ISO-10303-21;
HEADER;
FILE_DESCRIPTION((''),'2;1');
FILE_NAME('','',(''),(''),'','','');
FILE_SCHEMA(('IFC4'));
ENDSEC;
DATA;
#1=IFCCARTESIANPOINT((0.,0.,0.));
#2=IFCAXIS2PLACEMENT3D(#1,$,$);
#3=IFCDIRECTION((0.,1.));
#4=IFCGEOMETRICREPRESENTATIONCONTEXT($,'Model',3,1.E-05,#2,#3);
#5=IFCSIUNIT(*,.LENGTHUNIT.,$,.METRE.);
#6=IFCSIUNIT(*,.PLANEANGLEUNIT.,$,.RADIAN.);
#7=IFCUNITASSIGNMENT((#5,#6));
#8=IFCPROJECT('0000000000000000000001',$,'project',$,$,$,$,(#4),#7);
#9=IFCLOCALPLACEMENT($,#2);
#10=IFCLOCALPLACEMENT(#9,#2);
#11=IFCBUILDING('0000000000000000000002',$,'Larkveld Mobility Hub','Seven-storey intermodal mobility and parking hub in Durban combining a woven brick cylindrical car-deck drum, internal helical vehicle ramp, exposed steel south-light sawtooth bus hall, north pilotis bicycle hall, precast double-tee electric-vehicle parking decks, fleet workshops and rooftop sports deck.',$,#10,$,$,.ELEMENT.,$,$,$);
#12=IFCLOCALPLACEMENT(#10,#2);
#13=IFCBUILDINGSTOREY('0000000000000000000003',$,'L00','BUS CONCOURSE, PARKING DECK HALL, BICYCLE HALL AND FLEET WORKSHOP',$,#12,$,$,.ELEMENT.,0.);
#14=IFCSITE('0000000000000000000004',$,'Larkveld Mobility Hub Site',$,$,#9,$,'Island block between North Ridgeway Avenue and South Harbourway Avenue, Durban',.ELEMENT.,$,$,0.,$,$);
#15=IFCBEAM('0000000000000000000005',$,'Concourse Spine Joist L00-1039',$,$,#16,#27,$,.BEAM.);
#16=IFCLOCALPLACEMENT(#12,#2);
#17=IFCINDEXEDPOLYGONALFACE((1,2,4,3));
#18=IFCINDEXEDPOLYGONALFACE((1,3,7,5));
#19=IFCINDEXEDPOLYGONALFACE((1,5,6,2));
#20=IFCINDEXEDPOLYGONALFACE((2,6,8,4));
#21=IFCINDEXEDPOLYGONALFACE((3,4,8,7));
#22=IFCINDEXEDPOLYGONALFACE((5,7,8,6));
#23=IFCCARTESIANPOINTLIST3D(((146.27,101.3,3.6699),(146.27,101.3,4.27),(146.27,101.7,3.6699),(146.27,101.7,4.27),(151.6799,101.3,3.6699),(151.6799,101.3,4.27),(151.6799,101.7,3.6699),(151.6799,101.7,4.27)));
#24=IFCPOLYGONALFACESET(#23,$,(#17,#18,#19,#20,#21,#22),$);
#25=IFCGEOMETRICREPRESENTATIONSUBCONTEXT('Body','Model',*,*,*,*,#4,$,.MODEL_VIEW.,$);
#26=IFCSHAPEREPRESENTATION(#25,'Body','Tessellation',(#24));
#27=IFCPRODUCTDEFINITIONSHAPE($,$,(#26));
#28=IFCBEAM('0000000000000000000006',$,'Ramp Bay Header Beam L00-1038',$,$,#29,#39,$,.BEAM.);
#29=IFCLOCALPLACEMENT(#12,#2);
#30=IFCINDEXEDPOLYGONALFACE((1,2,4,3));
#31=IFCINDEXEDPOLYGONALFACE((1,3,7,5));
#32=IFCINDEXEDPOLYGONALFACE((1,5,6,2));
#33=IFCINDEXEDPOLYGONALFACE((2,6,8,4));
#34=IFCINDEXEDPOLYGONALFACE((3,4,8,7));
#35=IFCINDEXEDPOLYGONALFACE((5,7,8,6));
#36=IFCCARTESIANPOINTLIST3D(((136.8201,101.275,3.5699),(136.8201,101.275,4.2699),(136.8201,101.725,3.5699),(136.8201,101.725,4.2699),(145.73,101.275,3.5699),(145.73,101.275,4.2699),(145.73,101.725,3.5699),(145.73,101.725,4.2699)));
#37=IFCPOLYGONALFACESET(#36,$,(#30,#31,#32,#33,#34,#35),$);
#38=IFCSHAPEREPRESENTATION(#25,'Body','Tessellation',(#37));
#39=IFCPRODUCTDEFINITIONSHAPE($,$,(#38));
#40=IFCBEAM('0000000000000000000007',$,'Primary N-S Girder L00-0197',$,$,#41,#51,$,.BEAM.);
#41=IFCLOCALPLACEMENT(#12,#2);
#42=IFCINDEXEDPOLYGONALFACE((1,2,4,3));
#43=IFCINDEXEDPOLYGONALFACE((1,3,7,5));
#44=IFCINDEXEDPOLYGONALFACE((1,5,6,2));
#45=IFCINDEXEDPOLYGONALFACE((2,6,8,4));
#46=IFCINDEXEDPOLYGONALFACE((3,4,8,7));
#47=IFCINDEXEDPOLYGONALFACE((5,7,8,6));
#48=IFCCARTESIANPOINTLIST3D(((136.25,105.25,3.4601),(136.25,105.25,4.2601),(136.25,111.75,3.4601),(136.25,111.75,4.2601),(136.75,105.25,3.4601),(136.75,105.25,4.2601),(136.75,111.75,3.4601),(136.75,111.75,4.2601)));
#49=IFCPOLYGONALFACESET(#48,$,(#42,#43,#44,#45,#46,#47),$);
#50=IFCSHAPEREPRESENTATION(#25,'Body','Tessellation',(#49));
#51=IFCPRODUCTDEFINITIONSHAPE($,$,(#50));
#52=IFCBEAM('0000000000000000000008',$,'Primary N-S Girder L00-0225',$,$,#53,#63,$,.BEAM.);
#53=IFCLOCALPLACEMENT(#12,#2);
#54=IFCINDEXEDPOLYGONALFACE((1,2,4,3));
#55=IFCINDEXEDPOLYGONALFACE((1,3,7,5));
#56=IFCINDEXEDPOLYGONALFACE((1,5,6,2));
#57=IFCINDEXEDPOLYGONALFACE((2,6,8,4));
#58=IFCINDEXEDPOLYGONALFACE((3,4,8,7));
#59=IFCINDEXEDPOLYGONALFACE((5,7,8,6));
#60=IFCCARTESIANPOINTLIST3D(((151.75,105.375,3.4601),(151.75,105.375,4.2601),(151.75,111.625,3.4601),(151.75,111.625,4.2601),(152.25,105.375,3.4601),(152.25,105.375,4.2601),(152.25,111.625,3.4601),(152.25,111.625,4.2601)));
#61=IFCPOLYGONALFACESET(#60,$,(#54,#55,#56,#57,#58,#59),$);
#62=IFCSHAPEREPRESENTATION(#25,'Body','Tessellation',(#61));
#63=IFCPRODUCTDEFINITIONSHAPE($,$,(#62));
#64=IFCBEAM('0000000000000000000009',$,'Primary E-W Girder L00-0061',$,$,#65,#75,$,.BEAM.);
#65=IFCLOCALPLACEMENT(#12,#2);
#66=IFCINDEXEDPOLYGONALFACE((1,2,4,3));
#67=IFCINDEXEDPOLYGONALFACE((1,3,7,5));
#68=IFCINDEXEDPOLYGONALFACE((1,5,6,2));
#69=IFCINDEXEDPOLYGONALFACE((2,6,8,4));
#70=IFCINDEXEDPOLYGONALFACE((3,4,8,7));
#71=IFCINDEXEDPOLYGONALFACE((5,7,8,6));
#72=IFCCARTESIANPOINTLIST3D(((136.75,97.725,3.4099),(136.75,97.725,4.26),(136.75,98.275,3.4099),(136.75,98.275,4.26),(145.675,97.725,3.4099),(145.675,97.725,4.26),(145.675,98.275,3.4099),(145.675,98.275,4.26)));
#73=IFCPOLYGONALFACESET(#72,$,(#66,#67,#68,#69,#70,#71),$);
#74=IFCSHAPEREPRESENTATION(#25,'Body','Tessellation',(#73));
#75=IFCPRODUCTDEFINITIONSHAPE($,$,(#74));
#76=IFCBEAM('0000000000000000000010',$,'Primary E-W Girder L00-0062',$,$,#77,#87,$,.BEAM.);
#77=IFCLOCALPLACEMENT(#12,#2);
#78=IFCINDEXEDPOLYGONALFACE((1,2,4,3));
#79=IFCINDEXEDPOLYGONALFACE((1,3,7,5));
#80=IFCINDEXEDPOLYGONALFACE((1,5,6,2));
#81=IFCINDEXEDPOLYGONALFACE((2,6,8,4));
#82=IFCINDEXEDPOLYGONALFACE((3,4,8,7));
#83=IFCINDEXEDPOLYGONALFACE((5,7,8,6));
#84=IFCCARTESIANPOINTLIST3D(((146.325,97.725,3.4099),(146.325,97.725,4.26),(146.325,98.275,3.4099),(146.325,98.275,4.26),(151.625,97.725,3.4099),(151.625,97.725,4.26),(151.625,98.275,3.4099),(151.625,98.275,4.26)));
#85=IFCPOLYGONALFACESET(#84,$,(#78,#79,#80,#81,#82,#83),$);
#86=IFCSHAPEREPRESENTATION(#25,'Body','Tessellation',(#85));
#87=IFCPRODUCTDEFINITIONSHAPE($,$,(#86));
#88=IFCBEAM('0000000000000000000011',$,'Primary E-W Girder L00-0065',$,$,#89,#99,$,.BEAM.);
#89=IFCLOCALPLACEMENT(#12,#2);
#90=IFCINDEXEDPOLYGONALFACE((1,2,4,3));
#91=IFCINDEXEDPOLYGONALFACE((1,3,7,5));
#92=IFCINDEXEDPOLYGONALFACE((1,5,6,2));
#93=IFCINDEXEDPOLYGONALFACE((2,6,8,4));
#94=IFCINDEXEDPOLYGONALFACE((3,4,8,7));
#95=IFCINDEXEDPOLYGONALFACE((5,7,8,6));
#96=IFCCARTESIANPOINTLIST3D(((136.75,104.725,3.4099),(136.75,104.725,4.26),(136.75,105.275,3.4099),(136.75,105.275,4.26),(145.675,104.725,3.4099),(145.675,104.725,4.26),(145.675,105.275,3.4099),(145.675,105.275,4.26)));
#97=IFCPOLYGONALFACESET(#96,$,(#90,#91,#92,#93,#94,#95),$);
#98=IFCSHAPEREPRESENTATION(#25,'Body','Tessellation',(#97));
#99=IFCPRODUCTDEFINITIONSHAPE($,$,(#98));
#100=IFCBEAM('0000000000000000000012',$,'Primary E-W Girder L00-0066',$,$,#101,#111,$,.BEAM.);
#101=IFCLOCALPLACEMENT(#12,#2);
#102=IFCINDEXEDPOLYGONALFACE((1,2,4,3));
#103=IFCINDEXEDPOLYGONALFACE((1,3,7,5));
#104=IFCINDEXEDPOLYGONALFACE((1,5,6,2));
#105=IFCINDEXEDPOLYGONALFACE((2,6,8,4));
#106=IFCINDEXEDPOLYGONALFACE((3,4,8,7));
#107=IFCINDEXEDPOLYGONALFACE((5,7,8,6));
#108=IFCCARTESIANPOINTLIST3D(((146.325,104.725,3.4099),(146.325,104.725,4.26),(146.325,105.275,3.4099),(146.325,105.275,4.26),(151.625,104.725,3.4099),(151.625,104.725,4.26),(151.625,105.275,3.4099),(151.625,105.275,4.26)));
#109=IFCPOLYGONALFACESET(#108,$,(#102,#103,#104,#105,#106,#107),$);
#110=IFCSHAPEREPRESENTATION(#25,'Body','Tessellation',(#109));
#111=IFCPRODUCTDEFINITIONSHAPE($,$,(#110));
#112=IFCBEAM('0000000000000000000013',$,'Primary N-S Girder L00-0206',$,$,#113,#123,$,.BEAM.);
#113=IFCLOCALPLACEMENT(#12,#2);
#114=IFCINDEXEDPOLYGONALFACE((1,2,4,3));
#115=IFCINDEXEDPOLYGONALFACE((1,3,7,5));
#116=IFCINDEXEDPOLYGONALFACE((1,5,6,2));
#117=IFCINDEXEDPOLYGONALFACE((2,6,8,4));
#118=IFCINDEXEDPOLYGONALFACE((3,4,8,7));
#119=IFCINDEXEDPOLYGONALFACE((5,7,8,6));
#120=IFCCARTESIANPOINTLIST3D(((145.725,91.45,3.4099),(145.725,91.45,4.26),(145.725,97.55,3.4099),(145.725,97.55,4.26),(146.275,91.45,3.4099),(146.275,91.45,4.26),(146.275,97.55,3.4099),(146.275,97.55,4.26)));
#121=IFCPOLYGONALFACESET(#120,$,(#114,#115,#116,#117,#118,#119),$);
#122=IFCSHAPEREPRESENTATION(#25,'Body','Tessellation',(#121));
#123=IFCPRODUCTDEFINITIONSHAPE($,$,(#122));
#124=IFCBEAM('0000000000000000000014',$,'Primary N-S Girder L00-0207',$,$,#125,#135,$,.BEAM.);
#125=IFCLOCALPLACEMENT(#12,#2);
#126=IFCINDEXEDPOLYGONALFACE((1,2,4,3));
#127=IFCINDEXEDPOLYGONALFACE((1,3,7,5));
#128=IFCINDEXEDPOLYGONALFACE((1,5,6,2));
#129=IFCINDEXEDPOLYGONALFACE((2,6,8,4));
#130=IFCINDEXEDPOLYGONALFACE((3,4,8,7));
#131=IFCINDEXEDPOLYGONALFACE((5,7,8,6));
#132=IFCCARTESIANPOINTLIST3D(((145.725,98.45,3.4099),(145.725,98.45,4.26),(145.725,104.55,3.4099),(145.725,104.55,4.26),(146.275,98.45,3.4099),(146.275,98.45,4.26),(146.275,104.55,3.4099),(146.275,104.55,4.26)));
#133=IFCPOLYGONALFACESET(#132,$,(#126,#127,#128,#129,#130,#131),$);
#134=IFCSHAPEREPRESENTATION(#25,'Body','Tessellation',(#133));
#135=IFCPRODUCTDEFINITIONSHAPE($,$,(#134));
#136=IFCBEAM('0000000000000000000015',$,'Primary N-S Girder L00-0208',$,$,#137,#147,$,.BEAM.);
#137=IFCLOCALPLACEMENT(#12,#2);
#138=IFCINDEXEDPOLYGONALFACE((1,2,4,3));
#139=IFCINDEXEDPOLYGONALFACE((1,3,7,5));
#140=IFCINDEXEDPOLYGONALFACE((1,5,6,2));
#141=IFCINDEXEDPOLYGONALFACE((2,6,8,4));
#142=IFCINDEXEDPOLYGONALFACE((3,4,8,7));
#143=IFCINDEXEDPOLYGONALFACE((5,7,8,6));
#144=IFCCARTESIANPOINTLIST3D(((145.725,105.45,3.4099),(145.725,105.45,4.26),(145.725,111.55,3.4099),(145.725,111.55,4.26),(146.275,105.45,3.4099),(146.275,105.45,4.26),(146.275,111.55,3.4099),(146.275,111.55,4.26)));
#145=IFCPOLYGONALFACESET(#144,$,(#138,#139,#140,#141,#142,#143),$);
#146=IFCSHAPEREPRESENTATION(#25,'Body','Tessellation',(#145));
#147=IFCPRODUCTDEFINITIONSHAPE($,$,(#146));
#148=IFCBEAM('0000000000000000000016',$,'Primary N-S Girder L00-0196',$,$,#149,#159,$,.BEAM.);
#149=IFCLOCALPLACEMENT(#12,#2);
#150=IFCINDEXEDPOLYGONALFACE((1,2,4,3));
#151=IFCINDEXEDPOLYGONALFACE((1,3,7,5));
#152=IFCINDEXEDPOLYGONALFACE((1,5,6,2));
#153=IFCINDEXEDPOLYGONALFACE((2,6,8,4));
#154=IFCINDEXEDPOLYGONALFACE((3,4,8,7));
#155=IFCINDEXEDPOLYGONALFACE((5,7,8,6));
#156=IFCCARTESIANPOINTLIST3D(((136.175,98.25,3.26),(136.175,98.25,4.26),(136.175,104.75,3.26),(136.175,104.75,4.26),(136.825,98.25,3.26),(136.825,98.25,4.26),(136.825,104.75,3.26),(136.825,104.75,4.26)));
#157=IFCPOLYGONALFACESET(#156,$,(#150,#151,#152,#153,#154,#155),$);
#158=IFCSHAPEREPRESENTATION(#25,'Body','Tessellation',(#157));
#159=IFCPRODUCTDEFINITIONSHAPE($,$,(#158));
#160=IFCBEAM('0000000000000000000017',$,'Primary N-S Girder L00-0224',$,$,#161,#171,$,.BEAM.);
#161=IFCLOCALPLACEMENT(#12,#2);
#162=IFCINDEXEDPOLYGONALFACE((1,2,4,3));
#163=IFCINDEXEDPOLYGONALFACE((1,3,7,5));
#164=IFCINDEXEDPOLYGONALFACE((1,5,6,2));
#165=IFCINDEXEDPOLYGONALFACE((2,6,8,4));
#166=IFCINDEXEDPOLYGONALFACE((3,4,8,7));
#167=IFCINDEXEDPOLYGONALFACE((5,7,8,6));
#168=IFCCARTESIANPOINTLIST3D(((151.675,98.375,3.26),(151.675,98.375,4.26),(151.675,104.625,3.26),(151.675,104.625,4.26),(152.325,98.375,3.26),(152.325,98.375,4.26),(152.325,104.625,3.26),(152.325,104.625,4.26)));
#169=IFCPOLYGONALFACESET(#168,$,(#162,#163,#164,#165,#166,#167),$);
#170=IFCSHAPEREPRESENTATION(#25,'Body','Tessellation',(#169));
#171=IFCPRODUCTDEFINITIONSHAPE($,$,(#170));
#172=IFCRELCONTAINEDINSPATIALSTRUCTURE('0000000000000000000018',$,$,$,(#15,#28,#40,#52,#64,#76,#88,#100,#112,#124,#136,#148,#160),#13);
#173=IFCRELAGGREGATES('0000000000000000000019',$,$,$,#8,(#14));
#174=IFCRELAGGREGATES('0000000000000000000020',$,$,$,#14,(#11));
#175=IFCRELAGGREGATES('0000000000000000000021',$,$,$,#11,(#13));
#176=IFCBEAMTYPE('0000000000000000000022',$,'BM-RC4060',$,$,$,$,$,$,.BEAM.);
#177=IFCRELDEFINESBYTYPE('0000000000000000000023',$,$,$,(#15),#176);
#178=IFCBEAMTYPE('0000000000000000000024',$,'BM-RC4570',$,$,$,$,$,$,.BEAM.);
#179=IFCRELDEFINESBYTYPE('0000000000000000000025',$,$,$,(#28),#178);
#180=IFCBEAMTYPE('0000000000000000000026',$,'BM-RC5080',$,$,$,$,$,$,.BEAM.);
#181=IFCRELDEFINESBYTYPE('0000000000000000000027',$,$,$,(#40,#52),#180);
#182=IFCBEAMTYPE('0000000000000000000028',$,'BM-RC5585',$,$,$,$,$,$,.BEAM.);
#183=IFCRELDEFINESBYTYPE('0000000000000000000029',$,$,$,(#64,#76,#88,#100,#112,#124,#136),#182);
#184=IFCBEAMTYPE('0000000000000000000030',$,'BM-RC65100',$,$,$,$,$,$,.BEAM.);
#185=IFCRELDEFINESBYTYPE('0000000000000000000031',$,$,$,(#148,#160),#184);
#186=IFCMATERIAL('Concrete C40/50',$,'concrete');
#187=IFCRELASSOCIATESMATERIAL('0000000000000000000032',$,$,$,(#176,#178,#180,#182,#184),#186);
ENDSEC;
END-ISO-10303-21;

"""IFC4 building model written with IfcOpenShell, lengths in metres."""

from ifc_helpers import new_model, si_unit, direction, frame, origin, origin_2d, place, context, subcontext, project, spatial, rectangle, extrude, material, material_profile, profile_set, type_object, element, save


model = new_model("IFC4")

# Units and contexts
model_context = context("Model", 3, precision=1e-05, world=origin(), true_north=direction((0.0, 1.0)))
body_context = subcontext(model_context, "Body", "Model", "MODEL_VIEW")
ifc_project = project(units=[si_unit("LENGTHUNIT", "METRE"), si_unit("PLANEANGLEUNIT", "RADIAN")], contexts=[model_context])

# Site, building, storey
site_placement = place(None, origin())
site = spatial("IfcSite", under=ifc_project, at=site_placement, Name="Larkveld Mobility Hub Site", LongName="Island block between North Ridgeway Avenue and South Harbourway Avenue, Durban", CompositionType="ELEMENT", RefElevation=0.0)
building_placement = place(site_placement, origin())
building = spatial("IfcBuilding", under=site, at=building_placement, Name="Larkveld Mobility Hub", Description="Seven-storey intermodal mobility and parking hub in Durban combining a woven brick cylindrical car-deck drum, internal helical vehicle ramp, exposed steel south-light sawtooth bus hall, north pilotis bicycle hall, precast double-tee electric-vehicle parking decks, fleet workshops and rooftop sports deck.", CompositionType="ELEMENT")
storey_placement = place(building_placement, origin())
storey = spatial("IfcBuildingStorey", under=building, at=storey_placement, Name="L00", Description="BUS CONCOURSE, PARKING DECK HALL, BICYCLE HALL AND FLEET WORKSHOP", CompositionType="ELEMENT", Elevation=0.0)

# Shared definitions
ifc_material_1 = material(Name="Concrete C40/50", Category="concrete")

# Beams
ifc_material_profile_1 = material_profile(ifc_material_1, rectangle(XDim=0.3999, YDim=0.6001, at=origin_2d()), Name="RC BM 400x600")
ifc_profile_set_1 = profile_set([ifc_material_profile_1], Name="Concrete C40/50")
beam_type_1 = type_object("IfcBeamType", Name="BM-RC4060", PredefinedType="BEAM", material=ifc_profile_set_1)
beam_1_placement = place(storey_placement, frame((146.27, 101.5, 3.97), z_axis=(1.0, 0.0, 0.0), x_axis=(0.0, 1.0, 0.0)))
element("IfcBeam", 1, at=beam_1_placement, inside=storey, type_object=beam_type_1, Name="Concourse Spine Joist L00-1039", PredefinedType="BEAM", context=body_context, shape_type="SweptSolid", body=[
    extrude(rectangle(XDim=0.3999, YDim=0.6001, at=origin_2d()), origin(), (0.0, 0.0, 1.0), 5.4099),
])
ifc_material_profile_2 = material_profile(ifc_material_1, rectangle(XDim=0.45, YDim=0.7, at=origin_2d()), Name="RC BM 450x700")
ifc_profile_set_2 = profile_set([ifc_material_profile_2], Name="Concrete C40/50")
beam_type_2 = type_object("IfcBeamType", Name="BM-RC4570", PredefinedType="BEAM", material=ifc_profile_set_2)
beam_2_placement = place(storey_placement, frame((136.8201, 101.5, 3.9199), z_axis=(1.0, 0.0, 0.0), x_axis=(0.0, 1.0, 0.0)))
element("IfcBeam", 2, at=beam_2_placement, inside=storey, type_object=beam_type_2, Name="Ramp Bay Header Beam L00-1038", PredefinedType="BEAM", context=body_context, shape_type="SweptSolid", body=[
    extrude(rectangle(XDim=0.45, YDim=0.7, at=origin_2d()), origin(), (0.0, 0.0, 1.0), 8.9099),
])
ifc_material_profile_3 = material_profile(ifc_material_1, rectangle(XDim=0.5, YDim=0.8, at=origin_2d()), Name="RC BM 500x800")
ifc_profile_set_3 = profile_set([ifc_material_profile_3], Name="Concrete C40/50")
beam_type_3 = type_object("IfcBeamType", Name="BM-RC5080", PredefinedType="BEAM", material=ifc_profile_set_3)
beam_3_placement = place(storey_placement, frame((136.5, 105.25, 3.8601), z_axis=(0.0, 1.0, 0.0), x_axis=(-1.0, 0.0, 0.0)))
element("IfcBeam", 3, at=beam_3_placement, inside=storey, type_object=beam_type_3, Name="Primary N-S Girder L00-0197", PredefinedType="BEAM", context=body_context, shape_type="SweptSolid", body=[
    extrude(rectangle(XDim=0.5, YDim=0.8, at=origin_2d()), origin(), (0.0, 0.0, 1.0), 6.5),
])
beam_4_placement = place(storey_placement, frame((152.0, 105.375, 3.8601), z_axis=(0.0, 1.0, 0.0), x_axis=(-1.0, 0.0, 0.0)))
element("IfcBeam", 4, at=beam_4_placement, inside=storey, type_object=beam_type_3, Name="Primary N-S Girder L00-0225", PredefinedType="BEAM", context=body_context, shape_type="SweptSolid", body=[
    extrude(rectangle(XDim=0.5, YDim=0.8, at=origin_2d()), origin(), (0.0, 0.0, 1.0), 6.25),
])
ifc_material_profile_4 = material_profile(ifc_material_1, rectangle(XDim=0.55, YDim=0.8501, at=origin_2d()), Name="RC BM 550x850")
ifc_profile_set_4 = profile_set([ifc_material_profile_4], Name="Concrete C40/50")
beam_type_4 = type_object("IfcBeamType", Name="BM-RC5585", PredefinedType="BEAM", material=ifc_profile_set_4)
beam_5_placement = place(storey_placement, frame((136.75, 98.0, 3.835), z_axis=(1.0, 0.0, 0.0), x_axis=(0.0, 1.0, 0.0)))
element("IfcBeam", 5, at=beam_5_placement, inside=storey, type_object=beam_type_4, Name="Primary E-W Girder L00-0061", PredefinedType="BEAM", context=body_context, shape_type="SweptSolid", body=[
    extrude(rectangle(XDim=0.55, YDim=0.8501, at=origin_2d()), origin(), (0.0, 0.0, 1.0), 8.925),
])
beam_6_placement = place(storey_placement, frame((146.325, 98.0, 3.835), z_axis=(1.0, 0.0, 0.0), x_axis=(0.0, 1.0, 0.0)))
element("IfcBeam", 6, at=beam_6_placement, inside=storey, type_object=beam_type_4, Name="Primary E-W Girder L00-0062", PredefinedType="BEAM", context=body_context, shape_type="SweptSolid", body=[
    extrude(rectangle(XDim=0.55, YDim=0.8501, at=origin_2d()), origin(), (0.0, 0.0, 1.0), 5.3),
])
beam_7_placement = place(storey_placement, frame((136.75, 105.0, 3.835), z_axis=(1.0, 0.0, 0.0), x_axis=(0.0, 1.0, 0.0)))
element("IfcBeam", 7, at=beam_7_placement, inside=storey, type_object=beam_type_4, Name="Primary E-W Girder L00-0065", PredefinedType="BEAM", context=body_context, shape_type="SweptSolid", body=[
    extrude(rectangle(XDim=0.55, YDim=0.8501, at=origin_2d()), origin(), (0.0, 0.0, 1.0), 8.925),
])
beam_8_placement = place(storey_placement, frame((146.325, 105.0, 3.835), z_axis=(1.0, 0.0, 0.0), x_axis=(0.0, 1.0, 0.0)))
element("IfcBeam", 8, at=beam_8_placement, inside=storey, type_object=beam_type_4, Name="Primary E-W Girder L00-0066", PredefinedType="BEAM", context=body_context, shape_type="SweptSolid", body=[
    extrude(rectangle(XDim=0.55, YDim=0.8501, at=origin_2d()), origin(), (0.0, 0.0, 1.0), 5.3),
])
for number, where, z_axis, x_axis, name in (
    (9, (146.0, 91.45, 3.835), (0.0, 1.0, 0.0), (-1.0, 0.0, 0.0), "Primary N-S Girder L00-0206"),
    (10, (146.0, 98.45, 3.835), (0.0, 1.0, 0.0), (-1.0, 0.0, 0.0), "Primary N-S Girder L00-0207"),
    (11, (146.0, 105.45, 3.835), (0.0, 1.0, 0.0), (-1.0, 0.0, 0.0), "Primary N-S Girder L00-0208"),
):
    element("IfcBeam", number, at=place(storey_placement, frame(where, z_axis=z_axis, x_axis=x_axis)), inside=storey, type_object=beam_type_4, Name=name, PredefinedType="BEAM", context=body_context, shape_type="SweptSolid", body=[
        extrude(rectangle(XDim=0.55, YDim=0.8501, at=origin_2d()), origin(), (0.0, 0.0, 1.0), 6.1001),
    ])
ifc_material_profile_5 = material_profile(ifc_material_1, rectangle(XDim=0.6499, YDim=1.0, at=origin_2d()), Name="RC BM 650x1000")
ifc_profile_set_5 = profile_set([ifc_material_profile_5], Name="Concrete C40/50")
beam_type_5 = type_object("IfcBeamType", Name="BM-RC65100", PredefinedType="BEAM", material=ifc_profile_set_5)
beam_9_placement = place(storey_placement, frame((136.5, 98.25, 3.76), z_axis=(0.0, 1.0, 0.0), x_axis=(-1.0, 0.0, 0.0)))
element("IfcBeam", 12, at=beam_9_placement, inside=storey, type_object=beam_type_5, Name="Primary N-S Girder L00-0196", PredefinedType="BEAM", context=body_context, shape_type="SweptSolid", body=[
    extrude(rectangle(XDim=0.6499, YDim=1.0, at=origin_2d()), origin(), (0.0, 0.0, 1.0), 6.5),
])
beam_10_placement = place(storey_placement, frame((152.0, 98.375, 3.76), z_axis=(0.0, 1.0, 0.0), x_axis=(-1.0, 0.0, 0.0)))
element("IfcBeam", 13, at=beam_10_placement, inside=storey, type_object=beam_type_5, Name="Primary N-S Girder L00-0224", PredefinedType="BEAM", context=body_context, shape_type="SweptSolid", body=[
    extrude(rectangle(XDim=0.6499, YDim=1.0, at=origin_2d()), origin(), (0.0, 0.0, 1.0), 6.25),
])

save(model, "model.ifc")
